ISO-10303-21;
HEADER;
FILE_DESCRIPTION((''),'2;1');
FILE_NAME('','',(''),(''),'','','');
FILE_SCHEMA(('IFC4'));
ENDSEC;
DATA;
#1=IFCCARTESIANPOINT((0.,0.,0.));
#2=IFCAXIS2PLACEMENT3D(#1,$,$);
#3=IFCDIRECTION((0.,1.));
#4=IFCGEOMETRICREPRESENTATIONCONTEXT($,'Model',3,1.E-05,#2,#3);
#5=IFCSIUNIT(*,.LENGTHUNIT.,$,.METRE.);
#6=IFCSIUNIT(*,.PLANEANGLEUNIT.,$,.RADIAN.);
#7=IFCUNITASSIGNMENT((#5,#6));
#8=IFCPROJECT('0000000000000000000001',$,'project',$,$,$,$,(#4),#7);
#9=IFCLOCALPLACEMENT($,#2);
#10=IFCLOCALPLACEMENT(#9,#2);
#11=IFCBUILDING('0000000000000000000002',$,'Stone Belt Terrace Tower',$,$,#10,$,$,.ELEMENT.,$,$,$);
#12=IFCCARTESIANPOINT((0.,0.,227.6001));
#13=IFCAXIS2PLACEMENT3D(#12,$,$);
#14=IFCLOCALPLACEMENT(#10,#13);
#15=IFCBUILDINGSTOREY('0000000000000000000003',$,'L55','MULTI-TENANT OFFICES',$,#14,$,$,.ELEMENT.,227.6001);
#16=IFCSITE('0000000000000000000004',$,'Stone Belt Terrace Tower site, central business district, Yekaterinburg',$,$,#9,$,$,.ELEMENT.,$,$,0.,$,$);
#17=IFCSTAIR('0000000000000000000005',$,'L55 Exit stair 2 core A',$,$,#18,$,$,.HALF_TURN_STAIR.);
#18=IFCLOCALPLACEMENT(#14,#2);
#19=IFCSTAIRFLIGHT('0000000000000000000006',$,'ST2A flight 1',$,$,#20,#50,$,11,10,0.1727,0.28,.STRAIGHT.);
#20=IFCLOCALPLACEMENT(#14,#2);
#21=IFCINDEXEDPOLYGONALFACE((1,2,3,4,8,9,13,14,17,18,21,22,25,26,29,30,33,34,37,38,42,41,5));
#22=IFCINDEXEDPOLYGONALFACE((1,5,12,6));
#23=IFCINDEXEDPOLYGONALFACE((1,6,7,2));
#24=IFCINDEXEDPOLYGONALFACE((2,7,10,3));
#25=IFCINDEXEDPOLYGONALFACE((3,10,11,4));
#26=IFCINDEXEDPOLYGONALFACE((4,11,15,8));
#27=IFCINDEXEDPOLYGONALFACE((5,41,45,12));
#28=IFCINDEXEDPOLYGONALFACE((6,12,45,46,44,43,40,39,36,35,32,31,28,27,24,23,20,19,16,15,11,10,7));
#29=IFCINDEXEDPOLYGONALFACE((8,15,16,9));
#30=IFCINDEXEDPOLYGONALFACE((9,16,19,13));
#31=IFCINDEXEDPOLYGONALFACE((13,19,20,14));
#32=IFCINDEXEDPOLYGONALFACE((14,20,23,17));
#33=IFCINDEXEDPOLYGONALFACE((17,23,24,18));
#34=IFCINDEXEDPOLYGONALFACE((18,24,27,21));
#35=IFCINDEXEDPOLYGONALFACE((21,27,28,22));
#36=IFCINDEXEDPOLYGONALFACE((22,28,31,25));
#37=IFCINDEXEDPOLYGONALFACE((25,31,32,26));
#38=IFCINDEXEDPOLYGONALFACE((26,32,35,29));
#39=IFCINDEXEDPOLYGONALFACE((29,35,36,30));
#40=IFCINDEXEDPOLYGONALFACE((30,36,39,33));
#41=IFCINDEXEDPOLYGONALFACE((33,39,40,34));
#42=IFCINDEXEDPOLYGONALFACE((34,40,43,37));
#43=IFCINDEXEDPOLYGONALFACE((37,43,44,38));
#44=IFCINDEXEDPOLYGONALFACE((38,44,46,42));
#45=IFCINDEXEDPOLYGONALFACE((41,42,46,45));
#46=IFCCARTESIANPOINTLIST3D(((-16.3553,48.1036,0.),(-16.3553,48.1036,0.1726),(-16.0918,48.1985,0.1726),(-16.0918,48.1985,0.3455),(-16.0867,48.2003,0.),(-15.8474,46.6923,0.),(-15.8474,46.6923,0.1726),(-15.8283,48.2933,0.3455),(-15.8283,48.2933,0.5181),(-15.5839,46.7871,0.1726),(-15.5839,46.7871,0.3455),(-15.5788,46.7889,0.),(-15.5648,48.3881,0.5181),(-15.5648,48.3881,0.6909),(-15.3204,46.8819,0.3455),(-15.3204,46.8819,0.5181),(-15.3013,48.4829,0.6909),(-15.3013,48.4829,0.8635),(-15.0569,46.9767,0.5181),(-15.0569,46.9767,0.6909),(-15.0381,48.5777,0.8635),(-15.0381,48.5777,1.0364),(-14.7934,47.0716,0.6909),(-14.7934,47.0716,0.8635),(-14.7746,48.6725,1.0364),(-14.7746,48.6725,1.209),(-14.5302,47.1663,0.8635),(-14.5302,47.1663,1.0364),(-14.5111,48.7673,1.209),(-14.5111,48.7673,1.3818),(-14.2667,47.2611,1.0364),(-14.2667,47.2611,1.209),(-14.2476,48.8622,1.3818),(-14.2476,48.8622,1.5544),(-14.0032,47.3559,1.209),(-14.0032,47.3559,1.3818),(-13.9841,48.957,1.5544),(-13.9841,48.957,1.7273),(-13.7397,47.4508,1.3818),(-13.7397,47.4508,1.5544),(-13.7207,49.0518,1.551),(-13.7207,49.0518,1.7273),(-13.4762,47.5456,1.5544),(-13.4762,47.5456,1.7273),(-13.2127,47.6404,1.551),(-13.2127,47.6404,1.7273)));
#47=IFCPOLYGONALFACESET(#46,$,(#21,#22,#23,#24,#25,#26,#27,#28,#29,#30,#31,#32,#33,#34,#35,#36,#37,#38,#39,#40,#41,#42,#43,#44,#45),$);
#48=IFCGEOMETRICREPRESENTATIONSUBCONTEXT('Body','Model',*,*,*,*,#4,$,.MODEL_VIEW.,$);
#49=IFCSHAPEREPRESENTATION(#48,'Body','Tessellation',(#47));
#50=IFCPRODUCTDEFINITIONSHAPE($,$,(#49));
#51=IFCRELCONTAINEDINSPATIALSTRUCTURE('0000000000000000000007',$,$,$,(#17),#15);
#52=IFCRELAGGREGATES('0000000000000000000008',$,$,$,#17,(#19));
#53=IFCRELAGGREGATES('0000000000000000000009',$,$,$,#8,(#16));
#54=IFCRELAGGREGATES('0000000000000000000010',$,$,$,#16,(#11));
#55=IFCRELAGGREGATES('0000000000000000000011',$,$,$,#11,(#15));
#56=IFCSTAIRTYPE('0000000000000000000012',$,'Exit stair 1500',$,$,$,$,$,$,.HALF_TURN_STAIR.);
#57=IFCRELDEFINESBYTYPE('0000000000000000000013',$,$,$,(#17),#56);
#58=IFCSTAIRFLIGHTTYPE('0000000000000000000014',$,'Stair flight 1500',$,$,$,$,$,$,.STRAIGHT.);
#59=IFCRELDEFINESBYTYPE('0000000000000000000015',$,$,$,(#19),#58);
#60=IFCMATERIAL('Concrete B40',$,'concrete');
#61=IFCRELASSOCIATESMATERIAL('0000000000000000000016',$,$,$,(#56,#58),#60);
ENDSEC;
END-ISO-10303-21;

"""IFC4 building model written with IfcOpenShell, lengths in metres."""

from ifc_helpers import new_model, si_unit, direction, frame, origin, place, context, subcontext, project, spatial, polyline, outline, extrude, material, type_object, element, aggregate, save


model = new_model("IFC4")

# Units and contexts
model_context = context("Model", 3, precision=1e-05, world=origin(), true_north=direction((0.0, 1.0)))
body_context = subcontext(model_context, "Body", "Model", "MODEL_VIEW")
ifc_project = project(units=[si_unit("LENGTHUNIT", "METRE"), si_unit("PLANEANGLEUNIT", "RADIAN")], contexts=[model_context])

# Site, building, storey
site_placement = place(None, origin())
site = spatial("IfcSite", under=ifc_project, at=site_placement, Name="Stone Belt Terrace Tower site, central business district, Yekaterinburg", CompositionType="ELEMENT", RefElevation=0.0)
building_placement = place(site_placement, origin())
building = spatial("IfcBuilding", under=site, at=building_placement, Name="Stone Belt Terrace Tower", CompositionType="ELEMENT")
storey_placement = place(building_placement, frame((0.0, 0.0, 227.6001)))
storey = spatial("IfcBuildingStorey", under=building, at=storey_placement, Name="L55", Description="MULTI-TENANT OFFICES", CompositionType="ELEMENT", Elevation=227.6001)

# Stair, stair flight
ifc_material_1 = material(Name="Concrete B40", Category="concrete")
stair_type = type_object("IfcStairType", Name="Exit stair 1500", PredefinedType="HALF_TURN_STAIR", material=ifc_material_1)
stair_flight_type = type_object("IfcStairFlightType", Name="Stair flight 1500", PredefinedType="STRAIGHT", material=ifc_material_1)
stair_1_placement = place(storey_placement, origin())
stair_1 = element("IfcStair", 1, at=stair_1_placement, inside=storey, type_object=stair_type, Name="L55 Exit stair 2 core A", PredefinedType="HALF_TURN_STAIR")
stair_flight_1_placement = place(storey_placement, frame((-16.1013, 47.3979, 0.0), z_axis=(0.0, 0.0, 1.0), x_axis=(0.940922, 0.338624, 0.0)))
stair_flight_1 = element("IfcStairFlight", 2, at=stair_flight_1_placement, type_object=stair_flight_type, Name="ST2A flight 1", NumberOfRisers=11, NumberOfTreads=10, PredefinedType="STRAIGHT", RiserHeight=0.1727, TreadLength=0.28, context=body_context, shape_type="SweptSolid", body=[
    extrude(outline(polyline([(0.0, 0.0), (0.0, 0.1726), (0.28, 0.1726), (0.28, 0.3455), (0.5601, 0.3455), (0.5601, 0.5181), (0.8401, 0.5181), (0.8401, 0.6909), (1.1201, 0.6909), (1.1201, 0.8635), (1.3999, 0.8635), (1.3999, 1.0364), (1.6799, 1.0364), (1.6799, 1.209), (1.96, 1.209), (1.96, 1.3818), (2.24, 1.3818), (2.24, 1.5544), (2.52, 1.5544), (2.52, 1.7273), (2.8, 1.7273), (2.8, 1.8999), (2.8, 1.551), (0.2854, 0.0), (0.0, 0.0)])), frame((0.0, 0.75, 0.0), z_axis=(0.0, -1.0, 0.0), x_axis=(1.0, 0.0, 0.0)), (0.0, 0.0, 1.0), 1.5),
])
aggregate(stair_1, [stair_flight_1])

save(model, "model.ifc")
